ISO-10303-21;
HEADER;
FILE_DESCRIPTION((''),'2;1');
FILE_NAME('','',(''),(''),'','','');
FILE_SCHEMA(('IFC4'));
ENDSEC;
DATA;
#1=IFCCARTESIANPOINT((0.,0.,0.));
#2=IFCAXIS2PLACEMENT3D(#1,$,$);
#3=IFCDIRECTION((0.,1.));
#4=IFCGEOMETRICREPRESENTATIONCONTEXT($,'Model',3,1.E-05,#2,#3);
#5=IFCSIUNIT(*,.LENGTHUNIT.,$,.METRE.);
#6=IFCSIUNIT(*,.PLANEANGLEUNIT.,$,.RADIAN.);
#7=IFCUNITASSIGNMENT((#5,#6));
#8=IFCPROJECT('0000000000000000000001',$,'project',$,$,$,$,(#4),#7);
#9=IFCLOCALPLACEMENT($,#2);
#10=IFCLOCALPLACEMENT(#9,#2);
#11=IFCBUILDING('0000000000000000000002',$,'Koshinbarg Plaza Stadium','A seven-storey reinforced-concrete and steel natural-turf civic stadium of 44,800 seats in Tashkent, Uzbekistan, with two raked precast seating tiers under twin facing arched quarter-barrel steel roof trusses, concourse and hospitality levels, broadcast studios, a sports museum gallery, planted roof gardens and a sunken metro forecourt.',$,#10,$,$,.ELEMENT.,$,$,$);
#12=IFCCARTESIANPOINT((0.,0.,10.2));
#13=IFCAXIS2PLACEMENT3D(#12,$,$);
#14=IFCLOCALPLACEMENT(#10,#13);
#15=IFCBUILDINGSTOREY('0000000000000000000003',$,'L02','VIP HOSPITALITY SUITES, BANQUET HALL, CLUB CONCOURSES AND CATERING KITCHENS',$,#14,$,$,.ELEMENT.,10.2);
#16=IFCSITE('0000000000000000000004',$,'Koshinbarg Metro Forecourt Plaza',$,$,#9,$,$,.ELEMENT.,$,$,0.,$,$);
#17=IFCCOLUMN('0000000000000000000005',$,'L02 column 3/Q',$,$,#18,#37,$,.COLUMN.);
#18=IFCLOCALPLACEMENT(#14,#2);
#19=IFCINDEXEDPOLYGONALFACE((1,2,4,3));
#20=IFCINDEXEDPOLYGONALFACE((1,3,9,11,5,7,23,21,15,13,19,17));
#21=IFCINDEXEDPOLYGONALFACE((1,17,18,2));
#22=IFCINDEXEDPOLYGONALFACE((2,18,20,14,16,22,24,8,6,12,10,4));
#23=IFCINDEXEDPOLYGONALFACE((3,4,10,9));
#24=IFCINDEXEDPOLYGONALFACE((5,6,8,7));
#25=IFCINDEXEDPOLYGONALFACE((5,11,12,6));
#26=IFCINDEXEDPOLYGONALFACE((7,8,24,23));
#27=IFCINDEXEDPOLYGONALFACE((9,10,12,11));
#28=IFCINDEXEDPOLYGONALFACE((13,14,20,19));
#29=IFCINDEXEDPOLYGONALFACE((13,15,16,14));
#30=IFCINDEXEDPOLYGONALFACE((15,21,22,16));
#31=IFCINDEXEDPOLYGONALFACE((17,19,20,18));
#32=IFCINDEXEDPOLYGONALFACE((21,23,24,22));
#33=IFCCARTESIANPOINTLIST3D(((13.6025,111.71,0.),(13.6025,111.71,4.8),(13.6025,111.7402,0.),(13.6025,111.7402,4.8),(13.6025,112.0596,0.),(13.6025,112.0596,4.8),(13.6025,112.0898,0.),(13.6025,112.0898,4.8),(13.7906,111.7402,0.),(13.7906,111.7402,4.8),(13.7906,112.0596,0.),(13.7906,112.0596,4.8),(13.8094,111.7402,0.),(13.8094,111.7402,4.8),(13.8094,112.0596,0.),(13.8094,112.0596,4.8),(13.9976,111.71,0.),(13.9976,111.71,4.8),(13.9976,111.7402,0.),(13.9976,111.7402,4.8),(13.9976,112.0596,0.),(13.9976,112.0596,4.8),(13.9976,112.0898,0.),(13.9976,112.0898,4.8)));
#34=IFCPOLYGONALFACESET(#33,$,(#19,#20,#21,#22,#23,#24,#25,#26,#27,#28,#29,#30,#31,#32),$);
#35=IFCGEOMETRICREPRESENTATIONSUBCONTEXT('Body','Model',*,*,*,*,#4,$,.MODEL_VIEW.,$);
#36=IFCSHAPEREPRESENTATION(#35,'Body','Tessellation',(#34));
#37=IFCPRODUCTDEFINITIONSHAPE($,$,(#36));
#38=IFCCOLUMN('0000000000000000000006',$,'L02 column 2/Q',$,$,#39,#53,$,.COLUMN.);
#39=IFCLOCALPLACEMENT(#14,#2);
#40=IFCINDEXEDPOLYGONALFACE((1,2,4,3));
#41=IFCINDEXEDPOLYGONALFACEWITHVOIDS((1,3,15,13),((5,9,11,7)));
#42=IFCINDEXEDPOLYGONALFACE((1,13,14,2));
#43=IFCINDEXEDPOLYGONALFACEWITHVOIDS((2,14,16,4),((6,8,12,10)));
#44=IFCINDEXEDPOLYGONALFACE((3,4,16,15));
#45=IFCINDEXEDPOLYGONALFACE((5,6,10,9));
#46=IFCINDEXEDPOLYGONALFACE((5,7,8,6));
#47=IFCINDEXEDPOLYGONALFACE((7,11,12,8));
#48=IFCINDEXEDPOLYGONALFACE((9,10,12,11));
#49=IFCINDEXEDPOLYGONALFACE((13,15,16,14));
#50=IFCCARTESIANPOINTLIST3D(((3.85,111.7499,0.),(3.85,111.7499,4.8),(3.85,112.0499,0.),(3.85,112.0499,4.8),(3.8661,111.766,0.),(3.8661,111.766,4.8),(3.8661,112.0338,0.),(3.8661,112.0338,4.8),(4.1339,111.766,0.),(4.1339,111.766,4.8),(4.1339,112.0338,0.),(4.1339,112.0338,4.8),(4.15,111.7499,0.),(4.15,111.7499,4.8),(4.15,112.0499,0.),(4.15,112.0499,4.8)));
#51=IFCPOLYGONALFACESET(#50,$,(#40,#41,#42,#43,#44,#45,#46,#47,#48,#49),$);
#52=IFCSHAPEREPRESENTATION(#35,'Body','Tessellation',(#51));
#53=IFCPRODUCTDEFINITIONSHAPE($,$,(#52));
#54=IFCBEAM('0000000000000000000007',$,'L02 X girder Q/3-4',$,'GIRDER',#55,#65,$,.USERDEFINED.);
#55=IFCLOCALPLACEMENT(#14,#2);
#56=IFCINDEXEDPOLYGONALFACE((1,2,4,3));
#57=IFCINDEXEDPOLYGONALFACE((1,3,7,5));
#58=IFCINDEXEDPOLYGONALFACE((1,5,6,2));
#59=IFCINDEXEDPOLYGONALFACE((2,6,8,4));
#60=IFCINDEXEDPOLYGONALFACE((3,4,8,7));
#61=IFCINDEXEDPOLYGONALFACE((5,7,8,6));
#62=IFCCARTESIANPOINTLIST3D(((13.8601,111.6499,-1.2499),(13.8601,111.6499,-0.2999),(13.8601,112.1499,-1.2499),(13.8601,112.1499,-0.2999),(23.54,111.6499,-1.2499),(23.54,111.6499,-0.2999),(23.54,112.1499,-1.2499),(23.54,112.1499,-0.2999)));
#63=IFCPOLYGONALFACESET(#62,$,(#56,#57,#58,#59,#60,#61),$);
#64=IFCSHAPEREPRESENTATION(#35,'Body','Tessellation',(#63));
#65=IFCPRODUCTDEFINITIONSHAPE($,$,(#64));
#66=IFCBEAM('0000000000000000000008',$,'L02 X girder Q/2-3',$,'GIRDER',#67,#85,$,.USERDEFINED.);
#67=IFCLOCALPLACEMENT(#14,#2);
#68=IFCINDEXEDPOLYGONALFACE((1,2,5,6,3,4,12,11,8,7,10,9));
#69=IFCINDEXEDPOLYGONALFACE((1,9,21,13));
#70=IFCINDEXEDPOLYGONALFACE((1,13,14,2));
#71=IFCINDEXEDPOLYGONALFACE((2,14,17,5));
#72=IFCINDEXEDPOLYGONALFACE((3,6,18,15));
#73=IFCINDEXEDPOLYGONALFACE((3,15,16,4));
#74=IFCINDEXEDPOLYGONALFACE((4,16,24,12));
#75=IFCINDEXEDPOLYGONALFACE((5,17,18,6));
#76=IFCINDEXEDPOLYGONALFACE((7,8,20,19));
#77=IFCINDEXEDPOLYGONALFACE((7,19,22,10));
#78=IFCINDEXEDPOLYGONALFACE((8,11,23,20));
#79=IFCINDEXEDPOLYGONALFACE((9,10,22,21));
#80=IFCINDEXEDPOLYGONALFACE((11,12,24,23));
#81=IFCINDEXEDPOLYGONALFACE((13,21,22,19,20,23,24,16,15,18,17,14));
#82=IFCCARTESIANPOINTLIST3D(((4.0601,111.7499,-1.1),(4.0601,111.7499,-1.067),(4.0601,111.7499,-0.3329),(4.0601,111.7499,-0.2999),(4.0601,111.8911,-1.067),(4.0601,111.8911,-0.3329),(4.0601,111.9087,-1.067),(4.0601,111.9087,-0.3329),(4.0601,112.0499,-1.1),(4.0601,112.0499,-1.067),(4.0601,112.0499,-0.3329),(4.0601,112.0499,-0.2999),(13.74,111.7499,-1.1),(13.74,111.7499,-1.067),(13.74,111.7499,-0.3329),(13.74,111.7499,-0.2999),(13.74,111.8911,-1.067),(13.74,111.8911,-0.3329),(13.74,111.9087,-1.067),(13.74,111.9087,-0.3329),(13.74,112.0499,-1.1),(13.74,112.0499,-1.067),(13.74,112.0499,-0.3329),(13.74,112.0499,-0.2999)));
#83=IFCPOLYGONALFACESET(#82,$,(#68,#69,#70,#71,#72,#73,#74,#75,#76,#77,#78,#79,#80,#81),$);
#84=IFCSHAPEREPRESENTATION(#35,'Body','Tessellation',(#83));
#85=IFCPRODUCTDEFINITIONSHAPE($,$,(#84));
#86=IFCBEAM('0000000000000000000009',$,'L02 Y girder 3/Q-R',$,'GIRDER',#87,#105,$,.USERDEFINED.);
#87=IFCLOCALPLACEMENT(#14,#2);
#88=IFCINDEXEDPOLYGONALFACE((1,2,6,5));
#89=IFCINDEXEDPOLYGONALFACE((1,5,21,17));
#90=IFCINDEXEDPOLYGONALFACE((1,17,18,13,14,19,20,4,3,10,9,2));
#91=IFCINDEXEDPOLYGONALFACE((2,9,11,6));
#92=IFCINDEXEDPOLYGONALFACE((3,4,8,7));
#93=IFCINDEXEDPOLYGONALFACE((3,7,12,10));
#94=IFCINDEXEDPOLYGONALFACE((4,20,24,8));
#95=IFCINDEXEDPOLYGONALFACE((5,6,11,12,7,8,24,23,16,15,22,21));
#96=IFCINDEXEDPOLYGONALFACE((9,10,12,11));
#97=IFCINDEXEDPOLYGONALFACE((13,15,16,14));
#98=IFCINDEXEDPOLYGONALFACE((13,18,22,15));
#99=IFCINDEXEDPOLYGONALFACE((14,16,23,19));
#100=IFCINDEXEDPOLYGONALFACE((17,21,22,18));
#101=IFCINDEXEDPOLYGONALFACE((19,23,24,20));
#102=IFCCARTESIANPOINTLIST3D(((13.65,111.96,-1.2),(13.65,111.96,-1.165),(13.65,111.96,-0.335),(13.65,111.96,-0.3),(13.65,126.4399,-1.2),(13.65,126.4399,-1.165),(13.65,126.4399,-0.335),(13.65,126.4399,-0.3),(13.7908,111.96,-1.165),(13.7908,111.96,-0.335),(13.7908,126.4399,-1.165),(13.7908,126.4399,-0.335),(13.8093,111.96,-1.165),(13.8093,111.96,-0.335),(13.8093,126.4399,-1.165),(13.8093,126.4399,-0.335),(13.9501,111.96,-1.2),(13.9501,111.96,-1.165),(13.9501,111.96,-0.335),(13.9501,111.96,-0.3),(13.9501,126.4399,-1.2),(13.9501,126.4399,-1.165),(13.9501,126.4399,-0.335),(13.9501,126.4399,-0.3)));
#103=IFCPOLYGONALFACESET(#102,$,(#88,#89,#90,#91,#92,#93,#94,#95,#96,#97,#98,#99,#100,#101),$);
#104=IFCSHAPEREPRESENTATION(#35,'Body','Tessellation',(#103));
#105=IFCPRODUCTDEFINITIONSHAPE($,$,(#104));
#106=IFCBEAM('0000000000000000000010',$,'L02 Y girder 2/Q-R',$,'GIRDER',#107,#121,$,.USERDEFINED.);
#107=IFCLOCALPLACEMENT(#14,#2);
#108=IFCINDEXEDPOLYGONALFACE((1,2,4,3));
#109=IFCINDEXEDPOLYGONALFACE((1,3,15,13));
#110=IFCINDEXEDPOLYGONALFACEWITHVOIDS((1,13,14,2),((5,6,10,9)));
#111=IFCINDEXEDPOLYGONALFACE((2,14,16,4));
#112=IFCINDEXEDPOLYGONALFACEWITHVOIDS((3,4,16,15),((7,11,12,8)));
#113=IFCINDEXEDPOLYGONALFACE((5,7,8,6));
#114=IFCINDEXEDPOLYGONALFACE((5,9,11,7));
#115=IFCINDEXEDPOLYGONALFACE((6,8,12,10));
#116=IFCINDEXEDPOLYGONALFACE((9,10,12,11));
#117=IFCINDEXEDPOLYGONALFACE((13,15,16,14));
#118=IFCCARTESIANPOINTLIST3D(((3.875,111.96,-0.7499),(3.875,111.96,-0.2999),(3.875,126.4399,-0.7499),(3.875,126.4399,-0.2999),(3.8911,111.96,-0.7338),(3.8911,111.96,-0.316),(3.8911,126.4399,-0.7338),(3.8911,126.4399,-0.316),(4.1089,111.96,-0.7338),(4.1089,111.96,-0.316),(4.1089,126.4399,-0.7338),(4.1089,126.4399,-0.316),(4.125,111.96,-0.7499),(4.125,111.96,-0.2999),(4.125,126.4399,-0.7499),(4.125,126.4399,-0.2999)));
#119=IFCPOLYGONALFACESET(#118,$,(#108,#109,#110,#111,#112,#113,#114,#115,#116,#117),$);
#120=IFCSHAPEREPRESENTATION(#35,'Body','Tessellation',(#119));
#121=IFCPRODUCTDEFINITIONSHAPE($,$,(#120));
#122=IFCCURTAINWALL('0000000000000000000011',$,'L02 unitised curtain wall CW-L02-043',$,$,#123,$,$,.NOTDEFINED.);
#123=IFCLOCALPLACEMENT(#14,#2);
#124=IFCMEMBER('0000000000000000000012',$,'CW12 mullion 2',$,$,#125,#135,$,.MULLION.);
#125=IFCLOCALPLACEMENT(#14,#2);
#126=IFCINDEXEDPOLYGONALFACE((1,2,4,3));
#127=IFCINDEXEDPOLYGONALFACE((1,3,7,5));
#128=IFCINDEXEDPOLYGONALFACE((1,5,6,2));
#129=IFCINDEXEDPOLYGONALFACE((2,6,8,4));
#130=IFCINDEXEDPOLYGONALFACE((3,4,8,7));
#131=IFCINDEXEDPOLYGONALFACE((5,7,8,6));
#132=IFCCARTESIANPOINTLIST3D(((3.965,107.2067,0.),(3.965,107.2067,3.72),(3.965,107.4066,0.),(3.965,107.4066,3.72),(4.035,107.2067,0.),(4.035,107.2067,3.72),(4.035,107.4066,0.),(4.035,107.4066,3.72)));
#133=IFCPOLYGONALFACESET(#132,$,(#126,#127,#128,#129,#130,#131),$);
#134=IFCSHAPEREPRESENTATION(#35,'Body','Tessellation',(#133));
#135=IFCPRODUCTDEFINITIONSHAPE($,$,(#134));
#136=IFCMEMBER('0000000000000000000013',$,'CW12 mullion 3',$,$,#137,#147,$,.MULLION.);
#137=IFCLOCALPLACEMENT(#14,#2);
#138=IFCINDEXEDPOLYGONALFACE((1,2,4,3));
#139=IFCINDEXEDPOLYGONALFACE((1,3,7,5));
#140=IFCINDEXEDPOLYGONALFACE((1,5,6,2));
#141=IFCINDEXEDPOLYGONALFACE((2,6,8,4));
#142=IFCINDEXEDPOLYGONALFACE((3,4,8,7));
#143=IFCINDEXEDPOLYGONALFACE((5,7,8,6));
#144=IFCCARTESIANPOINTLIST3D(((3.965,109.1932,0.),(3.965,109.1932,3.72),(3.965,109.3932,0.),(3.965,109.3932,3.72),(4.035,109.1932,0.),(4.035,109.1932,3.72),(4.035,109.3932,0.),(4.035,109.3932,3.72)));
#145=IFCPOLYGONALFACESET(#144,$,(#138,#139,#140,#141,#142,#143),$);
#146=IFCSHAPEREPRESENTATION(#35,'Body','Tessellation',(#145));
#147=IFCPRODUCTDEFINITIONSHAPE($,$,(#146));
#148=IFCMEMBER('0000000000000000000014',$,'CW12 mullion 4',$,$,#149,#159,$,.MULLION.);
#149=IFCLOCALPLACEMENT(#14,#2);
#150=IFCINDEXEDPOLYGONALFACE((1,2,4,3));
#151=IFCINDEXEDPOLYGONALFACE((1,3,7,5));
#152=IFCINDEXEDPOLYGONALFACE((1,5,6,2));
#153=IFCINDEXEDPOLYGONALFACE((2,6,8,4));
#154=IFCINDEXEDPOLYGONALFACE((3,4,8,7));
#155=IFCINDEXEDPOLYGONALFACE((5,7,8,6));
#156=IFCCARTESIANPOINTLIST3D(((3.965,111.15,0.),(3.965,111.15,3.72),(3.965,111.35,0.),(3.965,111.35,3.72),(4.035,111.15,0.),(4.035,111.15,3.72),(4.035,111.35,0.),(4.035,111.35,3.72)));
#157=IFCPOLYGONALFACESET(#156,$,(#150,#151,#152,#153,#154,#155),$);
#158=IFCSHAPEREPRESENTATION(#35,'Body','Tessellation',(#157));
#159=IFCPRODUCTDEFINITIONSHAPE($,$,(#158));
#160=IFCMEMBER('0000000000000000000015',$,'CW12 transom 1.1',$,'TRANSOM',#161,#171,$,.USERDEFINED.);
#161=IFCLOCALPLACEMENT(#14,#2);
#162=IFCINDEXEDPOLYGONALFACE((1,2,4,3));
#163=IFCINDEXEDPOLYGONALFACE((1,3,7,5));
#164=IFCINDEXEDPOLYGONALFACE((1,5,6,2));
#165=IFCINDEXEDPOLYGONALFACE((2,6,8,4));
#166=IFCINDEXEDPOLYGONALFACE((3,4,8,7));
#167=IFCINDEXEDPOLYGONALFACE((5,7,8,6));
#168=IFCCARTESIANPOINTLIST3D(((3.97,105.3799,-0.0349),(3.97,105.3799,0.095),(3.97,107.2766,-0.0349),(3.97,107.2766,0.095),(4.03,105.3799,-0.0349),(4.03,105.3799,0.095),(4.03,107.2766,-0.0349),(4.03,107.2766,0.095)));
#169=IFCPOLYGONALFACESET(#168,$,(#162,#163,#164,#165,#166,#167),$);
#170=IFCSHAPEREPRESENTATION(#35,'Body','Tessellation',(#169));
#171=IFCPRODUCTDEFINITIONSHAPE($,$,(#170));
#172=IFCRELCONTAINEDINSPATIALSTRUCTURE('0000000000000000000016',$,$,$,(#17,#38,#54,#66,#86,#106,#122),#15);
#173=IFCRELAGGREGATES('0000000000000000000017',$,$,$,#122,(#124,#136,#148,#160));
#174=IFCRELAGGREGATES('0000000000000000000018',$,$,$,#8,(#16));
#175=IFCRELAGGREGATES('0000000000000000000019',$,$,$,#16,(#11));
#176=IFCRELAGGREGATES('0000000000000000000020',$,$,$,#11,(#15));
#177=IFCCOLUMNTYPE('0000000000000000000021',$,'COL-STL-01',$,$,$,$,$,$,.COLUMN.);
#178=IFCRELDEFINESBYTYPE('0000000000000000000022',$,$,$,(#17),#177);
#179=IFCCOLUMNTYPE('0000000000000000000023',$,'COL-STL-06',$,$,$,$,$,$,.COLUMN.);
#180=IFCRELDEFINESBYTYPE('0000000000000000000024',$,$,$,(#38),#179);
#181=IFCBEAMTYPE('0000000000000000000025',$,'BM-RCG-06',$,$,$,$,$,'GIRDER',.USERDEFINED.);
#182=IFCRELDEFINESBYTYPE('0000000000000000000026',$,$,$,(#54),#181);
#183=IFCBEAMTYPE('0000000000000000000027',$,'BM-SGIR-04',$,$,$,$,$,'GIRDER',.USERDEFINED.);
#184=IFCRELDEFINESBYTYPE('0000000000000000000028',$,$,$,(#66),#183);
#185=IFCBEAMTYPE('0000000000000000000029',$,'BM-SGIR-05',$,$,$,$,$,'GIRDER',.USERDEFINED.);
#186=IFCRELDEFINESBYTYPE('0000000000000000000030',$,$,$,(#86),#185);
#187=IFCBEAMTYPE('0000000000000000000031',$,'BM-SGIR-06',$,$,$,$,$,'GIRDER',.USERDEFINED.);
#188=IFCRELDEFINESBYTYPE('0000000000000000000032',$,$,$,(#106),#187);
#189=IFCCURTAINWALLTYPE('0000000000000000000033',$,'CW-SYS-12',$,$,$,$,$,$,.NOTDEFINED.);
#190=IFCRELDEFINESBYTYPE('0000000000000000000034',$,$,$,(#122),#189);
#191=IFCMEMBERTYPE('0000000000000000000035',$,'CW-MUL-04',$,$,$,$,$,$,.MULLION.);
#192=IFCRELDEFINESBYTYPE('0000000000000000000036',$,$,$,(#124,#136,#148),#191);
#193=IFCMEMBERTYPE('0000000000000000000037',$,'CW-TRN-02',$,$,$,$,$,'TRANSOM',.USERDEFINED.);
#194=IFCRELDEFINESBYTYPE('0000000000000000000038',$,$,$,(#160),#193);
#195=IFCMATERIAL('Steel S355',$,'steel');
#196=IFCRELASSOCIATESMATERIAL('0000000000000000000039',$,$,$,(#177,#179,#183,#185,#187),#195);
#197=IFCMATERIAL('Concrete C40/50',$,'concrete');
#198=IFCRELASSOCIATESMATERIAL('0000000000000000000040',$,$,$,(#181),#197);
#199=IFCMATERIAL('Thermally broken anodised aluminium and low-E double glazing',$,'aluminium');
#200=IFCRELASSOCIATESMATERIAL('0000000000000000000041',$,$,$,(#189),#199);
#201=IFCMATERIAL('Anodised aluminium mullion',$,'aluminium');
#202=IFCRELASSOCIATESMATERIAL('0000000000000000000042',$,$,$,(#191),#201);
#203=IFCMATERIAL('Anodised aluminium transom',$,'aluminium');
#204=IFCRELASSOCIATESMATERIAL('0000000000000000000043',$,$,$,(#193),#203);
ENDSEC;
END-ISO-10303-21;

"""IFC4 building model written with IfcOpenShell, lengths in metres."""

from ifc_helpers import new_model, si_unit, direction, frame, origin, origin_2d, place, context, subcontext, project, spatial, rectangle, hollow_rectangle, i_section, extrude, material, material_profile, profile_set, type_object, element, aggregate, save


model = new_model("IFC4")

# Units and contexts
model_context = context("Model", 3, precision=1e-05, world=origin(), true_north=direction((0.0, 1.0)))
body_context = subcontext(model_context, "Body", "Model", "MODEL_VIEW")
ifc_project = project(units=[si_unit("LENGTHUNIT", "METRE"), si_unit("PLANEANGLEUNIT", "RADIAN")], contexts=[model_context])

# Site, building, storey
site_placement = place(None, origin())
site = spatial("IfcSite", under=ifc_project, at=site_placement, Name="Koshinbarg Metro Forecourt Plaza", CompositionType="ELEMENT", RefElevation=0.0)
building_placement = place(site_placement, origin())
building = spatial("IfcBuilding", under=site, at=building_placement, Name="Koshinbarg Plaza Stadium", Description="A seven-storey reinforced-concrete and steel natural-turf civic stadium of 44,800 seats in Tashkent, Uzbekistan, with two raked precast seating tiers under twin facing arched quarter-barrel steel roof trusses, concourse and hospitality levels, broadcast studios, a sports museum gallery, planted roof gardens and a sunken metro forecourt.", CompositionType="ELEMENT")
storey_placement = place(building_placement, frame((0.0, 0.0, 10.2)))
storey = spatial("IfcBuildingStorey", under=building, at=storey_placement, Name="L02", Description="VIP HOSPITALITY SUITES, BANQUET HALL, CLUB CONCOURSES AND CATERING KITCHENS", CompositionType="ELEMENT", Elevation=10.2)

# Columns
ifc_material_1 = material(Name="Steel S355", Category="steel")
ifc_material_profile_1 = material_profile(ifc_material_1, i_section(OverallWidth=0.395, OverallDepth=0.3799, WebThickness=0.0188, FlangeThickness=0.0303, at=origin_2d()), Name="HD 400x237")
ifc_profile_set_1 = profile_set([ifc_material_profile_1], Name="Steel S355")
column_type_1 = type_object("IfcColumnType", Name="COL-STL-01", PredefinedType="COLUMN", material=ifc_profile_set_1)
column_1_placement = place(storey_placement, frame((13.8, 111.8999, 0.0), z_axis=(0.0, 0.0, 1.0), x_axis=(1.0, 0.0, 0.0)))
element("IfcColumn", 1, at=column_1_placement, inside=storey, type_object=column_type_1, Name="L02 column 3/Q", PredefinedType="COLUMN", context=body_context, shape_type="SweptSolid", body=[
    extrude(i_section(OverallWidth=0.395, OverallDepth=0.3799, WebThickness=0.0188, FlangeThickness=0.0303, at=origin_2d()), origin(), (0.0, 0.0, 1.0), 4.8),
])
ifc_material_profile_2 = material_profile(ifc_material_1, hollow_rectangle(XDim=0.3, YDim=0.3, WallThickness=0.0161, at=origin_2d()), Name="SHS 300x300x16")
ifc_profile_set_2 = profile_set([ifc_material_profile_2], Name="Steel S355")
column_type_2 = type_object("IfcColumnType", Name="COL-STL-06", PredefinedType="COLUMN", material=ifc_profile_set_2)
column_2_placement = place(storey_placement, frame((4.0, 111.8999, 0.0), z_axis=(0.0, 0.0, 1.0), x_axis=(1.0, 0.0, 0.0)))
element("IfcColumn", 2, at=column_2_placement, inside=storey, type_object=column_type_2, Name="L02 column 2/Q", PredefinedType="COLUMN", context=body_context, shape_type="SweptSolid", body=[
    extrude(hollow_rectangle(XDim=0.3, YDim=0.3, WallThickness=0.0161, at=origin_2d()), origin(), (0.0, 0.0, 1.0), 4.8),
])

# Beams
ifc_material_2 = material(Name="Concrete C40/50", Category="concrete")
ifc_material_profile_3 = material_profile(ifc_material_2, rectangle(XDim=0.5, YDim=0.95, at=origin_2d()), Name="RC 500x950")
ifc_profile_set_3 = profile_set([ifc_material_profile_3], Name="Concrete C40/50")
beam_type_1 = type_object("IfcBeamType", Name="BM-RCG-06", ElementType="GIRDER", PredefinedType="USERDEFINED", material=ifc_profile_set_3)
beam_1_placement = place(storey_placement, frame((13.8601, 111.8999, -0.7749), z_axis=(1.0, 0.0, 0.0), x_axis=(0.0, 1.0, 0.0)))
element("IfcBeam", 3, at=beam_1_placement, inside=storey, type_object=beam_type_1, Name="L02 X girder Q/3-4", ObjectType="GIRDER", PredefinedType="USERDEFINED", context=body_context, shape_type="SweptSolid", body=[
    extrude(rectangle(XDim=0.5, YDim=0.95, at=origin_2d()), origin(), (0.0, 0.0, 1.0), 9.6799),
])
ifc_material_profile_4 = material_profile(ifc_material_1, i_section(OverallWidth=0.3, OverallDepth=0.8, WebThickness=0.0176, FlangeThickness=0.033, at=origin_2d()), Name="HEB 800")
ifc_profile_set_4 = profile_set([ifc_material_profile_4], Name="Steel S355")
beam_type_2 = type_object("IfcBeamType", Name="BM-SGIR-04", ElementType="GIRDER", PredefinedType="USERDEFINED", material=ifc_profile_set_4)
beam_2_placement = place(storey_placement, frame((4.0601, 111.8999, -0.7), z_axis=(1.0, 0.0, 0.0), x_axis=(0.0, 1.0, 0.0)))
element("IfcBeam", 4, at=beam_2_placement, inside=storey, type_object=beam_type_2, Name="L02 X girder Q/2-3", ObjectType="GIRDER", PredefinedType="USERDEFINED", context=body_context, shape_type="SweptSolid", body=[
    extrude(i_section(OverallWidth=0.3, OverallDepth=0.8, WebThickness=0.0176, FlangeThickness=0.033, at=origin_2d()), origin(), (0.0, 0.0, 1.0), 9.6799),
])
ifc_material_profile_5 = material_profile(ifc_material_1, i_section(OverallWidth=0.3, OverallDepth=0.8999, WebThickness=0.0186, FlangeThickness=0.0349, at=origin_2d()), Name="HEB 900")
ifc_profile_set_5 = profile_set([ifc_material_profile_5], Name="Steel S355")
beam_type_3 = type_object("IfcBeamType", Name="BM-SGIR-05", ElementType="GIRDER", PredefinedType="USERDEFINED", material=ifc_profile_set_5)
beam_3_placement = place(storey_placement, frame((13.8, 111.96, -0.75), z_axis=(0.0, 1.0, 0.0), x_axis=(-1.0, 0.0, 0.0)))
element("IfcBeam", 5, at=beam_3_placement, inside=storey, type_object=beam_type_3, Name="L02 Y girder 3/Q-R", ObjectType="GIRDER", PredefinedType="USERDEFINED", context=body_context, shape_type="SweptSolid", body=[
    extrude(i_section(OverallWidth=0.3, OverallDepth=0.8999, WebThickness=0.0186, FlangeThickness=0.0349, at=origin_2d()), origin(), (0.0, 0.0, 1.0), 14.48),
])
ifc_material_profile_6 = material_profile(ifc_material_1, hollow_rectangle(XDim=0.25, YDim=0.45, WallThickness=0.0161, at=origin_2d()), Name="RHS 450x250x16")
ifc_profile_set_6 = profile_set([ifc_material_profile_6], Name="Steel S355")
beam_type_4 = type_object("IfcBeamType", Name="BM-SGIR-06", ElementType="GIRDER", PredefinedType="USERDEFINED", material=ifc_profile_set_6)
beam_4_placement = place(storey_placement, frame((4.0, 111.96, -0.5249), z_axis=(0.0, 1.0, 0.0), x_axis=(-1.0, 0.0, 0.0)))
element("IfcBeam", 6, at=beam_4_placement, inside=storey, type_object=beam_type_4, Name="L02 Y girder 2/Q-R", ObjectType="GIRDER", PredefinedType="USERDEFINED", context=body_context, shape_type="SweptSolid", body=[
    extrude(hollow_rectangle(XDim=0.25, YDim=0.45, WallThickness=0.0161, at=origin_2d()), origin(), (0.0, 0.0, 1.0), 14.48),
])

# Curtain wall, members
ifc_material_3 = material(Name="Thermally broken anodised aluminium and low-E double glazing", Category="aluminium")
curtain_wall_type = type_object("IfcCurtainWallType", Name="CW-SYS-12", PredefinedType="NOTDEFINED", material=ifc_material_3)
curtain_wall_placement = place(storey_placement, origin())
curtain_wall = element("IfcCurtainWall", 7, at=curtain_wall_placement, inside=storey, type_object=curtain_wall_type, Name="L02 unitised curtain wall CW-L02-043", PredefinedType="NOTDEFINED")
ifc_material_4 = material(Name="Anodised aluminium mullion", Category="aluminium")
ifc_material_profile_7 = material_profile(ifc_material_4, rectangle(XDim=0.0701, YDim=0.2, at=origin_2d()), Name="ALU 70x200")
ifc_profile_set_7 = profile_set([ifc_material_profile_7], Name="Anodised aluminium mullion")
member_type_1 = type_object("IfcMemberType", Name="CW-MUL-04", PredefinedType="MULLION", material=ifc_profile_set_7)
member_1_placement = place(storey_placement, frame((4.0, 107.3066, 0.0), z_axis=(0.0, 0.0, 1.0), x_axis=(-1.0, 0.0, 0.0)))
member_1 = element("IfcMember", 8, at=member_1_placement, type_object=member_type_1, Name="CW12 mullion 2", PredefinedType="MULLION", context=body_context, shape_type="SweptSolid", body=[
    extrude(rectangle(XDim=0.0701, YDim=0.2, at=origin_2d()), origin(), (0.0, 0.0, 1.0), 3.72),
])
member_2_placement = place(storey_placement, frame((4.0, 109.2932, 0.0), z_axis=(0.0, 0.0, 1.0), x_axis=(-1.0, 0.0, 0.0)))
member_2 = element("IfcMember", 9, at=member_2_placement, type_object=member_type_1, Name="CW12 mullion 3", PredefinedType="MULLION", context=body_context, shape_type="SweptSolid", body=[
    extrude(rectangle(XDim=0.0701, YDim=0.2, at=origin_2d()), origin(), (0.0, 0.0, 1.0), 3.72),
])
member_3_placement = place(storey_placement, frame((4.0, 111.25, 0.0), z_axis=(0.0, 0.0, 1.0), x_axis=(-1.0, 0.0, 0.0)))
member_3 = element("IfcMember", 10, at=member_3_placement, type_object=member_type_1, Name="CW12 mullion 4", PredefinedType="MULLION", context=body_context, shape_type="SweptSolid", body=[
    extrude(rectangle(XDim=0.0701, YDim=0.2, at=origin_2d()), origin(), (0.0, 0.0, 1.0), 3.72),
])
ifc_material_5 = material(Name="Anodised aluminium transom", Category="aluminium")
ifc_material_profile_8 = material_profile(ifc_material_5, rectangle(XDim=0.0601, YDim=0.1299, at=origin_2d()), Name="ALU 60x130")
ifc_profile_set_8 = profile_set([ifc_material_profile_8], Name="Anodised aluminium transom")
member_type_2 = type_object("IfcMemberType", Name="CW-TRN-02", ElementType="TRANSOM", PredefinedType="USERDEFINED", material=ifc_profile_set_8)
member_4_placement = place(storey_placement, frame((4.0, 105.3799, 0.03), z_axis=(0.0, 1.0, 0.0), x_axis=(-1.0, 0.0, 0.0)))
member_4 = element("IfcMember", 11, at=member_4_placement, type_object=member_type_2, Name="CW12 transom 1.1", ObjectType="TRANSOM", PredefinedType="USERDEFINED", context=body_context, shape_type="SweptSolid", body=[
    extrude(rectangle(XDim=0.0601, YDim=0.1299, at=origin_2d()), origin(), (0.0, 0.0, 1.0), 1.8967),
])
aggregate(curtain_wall, [member_1, member_2, member_3, member_4])

save(model, "model.ifc")
